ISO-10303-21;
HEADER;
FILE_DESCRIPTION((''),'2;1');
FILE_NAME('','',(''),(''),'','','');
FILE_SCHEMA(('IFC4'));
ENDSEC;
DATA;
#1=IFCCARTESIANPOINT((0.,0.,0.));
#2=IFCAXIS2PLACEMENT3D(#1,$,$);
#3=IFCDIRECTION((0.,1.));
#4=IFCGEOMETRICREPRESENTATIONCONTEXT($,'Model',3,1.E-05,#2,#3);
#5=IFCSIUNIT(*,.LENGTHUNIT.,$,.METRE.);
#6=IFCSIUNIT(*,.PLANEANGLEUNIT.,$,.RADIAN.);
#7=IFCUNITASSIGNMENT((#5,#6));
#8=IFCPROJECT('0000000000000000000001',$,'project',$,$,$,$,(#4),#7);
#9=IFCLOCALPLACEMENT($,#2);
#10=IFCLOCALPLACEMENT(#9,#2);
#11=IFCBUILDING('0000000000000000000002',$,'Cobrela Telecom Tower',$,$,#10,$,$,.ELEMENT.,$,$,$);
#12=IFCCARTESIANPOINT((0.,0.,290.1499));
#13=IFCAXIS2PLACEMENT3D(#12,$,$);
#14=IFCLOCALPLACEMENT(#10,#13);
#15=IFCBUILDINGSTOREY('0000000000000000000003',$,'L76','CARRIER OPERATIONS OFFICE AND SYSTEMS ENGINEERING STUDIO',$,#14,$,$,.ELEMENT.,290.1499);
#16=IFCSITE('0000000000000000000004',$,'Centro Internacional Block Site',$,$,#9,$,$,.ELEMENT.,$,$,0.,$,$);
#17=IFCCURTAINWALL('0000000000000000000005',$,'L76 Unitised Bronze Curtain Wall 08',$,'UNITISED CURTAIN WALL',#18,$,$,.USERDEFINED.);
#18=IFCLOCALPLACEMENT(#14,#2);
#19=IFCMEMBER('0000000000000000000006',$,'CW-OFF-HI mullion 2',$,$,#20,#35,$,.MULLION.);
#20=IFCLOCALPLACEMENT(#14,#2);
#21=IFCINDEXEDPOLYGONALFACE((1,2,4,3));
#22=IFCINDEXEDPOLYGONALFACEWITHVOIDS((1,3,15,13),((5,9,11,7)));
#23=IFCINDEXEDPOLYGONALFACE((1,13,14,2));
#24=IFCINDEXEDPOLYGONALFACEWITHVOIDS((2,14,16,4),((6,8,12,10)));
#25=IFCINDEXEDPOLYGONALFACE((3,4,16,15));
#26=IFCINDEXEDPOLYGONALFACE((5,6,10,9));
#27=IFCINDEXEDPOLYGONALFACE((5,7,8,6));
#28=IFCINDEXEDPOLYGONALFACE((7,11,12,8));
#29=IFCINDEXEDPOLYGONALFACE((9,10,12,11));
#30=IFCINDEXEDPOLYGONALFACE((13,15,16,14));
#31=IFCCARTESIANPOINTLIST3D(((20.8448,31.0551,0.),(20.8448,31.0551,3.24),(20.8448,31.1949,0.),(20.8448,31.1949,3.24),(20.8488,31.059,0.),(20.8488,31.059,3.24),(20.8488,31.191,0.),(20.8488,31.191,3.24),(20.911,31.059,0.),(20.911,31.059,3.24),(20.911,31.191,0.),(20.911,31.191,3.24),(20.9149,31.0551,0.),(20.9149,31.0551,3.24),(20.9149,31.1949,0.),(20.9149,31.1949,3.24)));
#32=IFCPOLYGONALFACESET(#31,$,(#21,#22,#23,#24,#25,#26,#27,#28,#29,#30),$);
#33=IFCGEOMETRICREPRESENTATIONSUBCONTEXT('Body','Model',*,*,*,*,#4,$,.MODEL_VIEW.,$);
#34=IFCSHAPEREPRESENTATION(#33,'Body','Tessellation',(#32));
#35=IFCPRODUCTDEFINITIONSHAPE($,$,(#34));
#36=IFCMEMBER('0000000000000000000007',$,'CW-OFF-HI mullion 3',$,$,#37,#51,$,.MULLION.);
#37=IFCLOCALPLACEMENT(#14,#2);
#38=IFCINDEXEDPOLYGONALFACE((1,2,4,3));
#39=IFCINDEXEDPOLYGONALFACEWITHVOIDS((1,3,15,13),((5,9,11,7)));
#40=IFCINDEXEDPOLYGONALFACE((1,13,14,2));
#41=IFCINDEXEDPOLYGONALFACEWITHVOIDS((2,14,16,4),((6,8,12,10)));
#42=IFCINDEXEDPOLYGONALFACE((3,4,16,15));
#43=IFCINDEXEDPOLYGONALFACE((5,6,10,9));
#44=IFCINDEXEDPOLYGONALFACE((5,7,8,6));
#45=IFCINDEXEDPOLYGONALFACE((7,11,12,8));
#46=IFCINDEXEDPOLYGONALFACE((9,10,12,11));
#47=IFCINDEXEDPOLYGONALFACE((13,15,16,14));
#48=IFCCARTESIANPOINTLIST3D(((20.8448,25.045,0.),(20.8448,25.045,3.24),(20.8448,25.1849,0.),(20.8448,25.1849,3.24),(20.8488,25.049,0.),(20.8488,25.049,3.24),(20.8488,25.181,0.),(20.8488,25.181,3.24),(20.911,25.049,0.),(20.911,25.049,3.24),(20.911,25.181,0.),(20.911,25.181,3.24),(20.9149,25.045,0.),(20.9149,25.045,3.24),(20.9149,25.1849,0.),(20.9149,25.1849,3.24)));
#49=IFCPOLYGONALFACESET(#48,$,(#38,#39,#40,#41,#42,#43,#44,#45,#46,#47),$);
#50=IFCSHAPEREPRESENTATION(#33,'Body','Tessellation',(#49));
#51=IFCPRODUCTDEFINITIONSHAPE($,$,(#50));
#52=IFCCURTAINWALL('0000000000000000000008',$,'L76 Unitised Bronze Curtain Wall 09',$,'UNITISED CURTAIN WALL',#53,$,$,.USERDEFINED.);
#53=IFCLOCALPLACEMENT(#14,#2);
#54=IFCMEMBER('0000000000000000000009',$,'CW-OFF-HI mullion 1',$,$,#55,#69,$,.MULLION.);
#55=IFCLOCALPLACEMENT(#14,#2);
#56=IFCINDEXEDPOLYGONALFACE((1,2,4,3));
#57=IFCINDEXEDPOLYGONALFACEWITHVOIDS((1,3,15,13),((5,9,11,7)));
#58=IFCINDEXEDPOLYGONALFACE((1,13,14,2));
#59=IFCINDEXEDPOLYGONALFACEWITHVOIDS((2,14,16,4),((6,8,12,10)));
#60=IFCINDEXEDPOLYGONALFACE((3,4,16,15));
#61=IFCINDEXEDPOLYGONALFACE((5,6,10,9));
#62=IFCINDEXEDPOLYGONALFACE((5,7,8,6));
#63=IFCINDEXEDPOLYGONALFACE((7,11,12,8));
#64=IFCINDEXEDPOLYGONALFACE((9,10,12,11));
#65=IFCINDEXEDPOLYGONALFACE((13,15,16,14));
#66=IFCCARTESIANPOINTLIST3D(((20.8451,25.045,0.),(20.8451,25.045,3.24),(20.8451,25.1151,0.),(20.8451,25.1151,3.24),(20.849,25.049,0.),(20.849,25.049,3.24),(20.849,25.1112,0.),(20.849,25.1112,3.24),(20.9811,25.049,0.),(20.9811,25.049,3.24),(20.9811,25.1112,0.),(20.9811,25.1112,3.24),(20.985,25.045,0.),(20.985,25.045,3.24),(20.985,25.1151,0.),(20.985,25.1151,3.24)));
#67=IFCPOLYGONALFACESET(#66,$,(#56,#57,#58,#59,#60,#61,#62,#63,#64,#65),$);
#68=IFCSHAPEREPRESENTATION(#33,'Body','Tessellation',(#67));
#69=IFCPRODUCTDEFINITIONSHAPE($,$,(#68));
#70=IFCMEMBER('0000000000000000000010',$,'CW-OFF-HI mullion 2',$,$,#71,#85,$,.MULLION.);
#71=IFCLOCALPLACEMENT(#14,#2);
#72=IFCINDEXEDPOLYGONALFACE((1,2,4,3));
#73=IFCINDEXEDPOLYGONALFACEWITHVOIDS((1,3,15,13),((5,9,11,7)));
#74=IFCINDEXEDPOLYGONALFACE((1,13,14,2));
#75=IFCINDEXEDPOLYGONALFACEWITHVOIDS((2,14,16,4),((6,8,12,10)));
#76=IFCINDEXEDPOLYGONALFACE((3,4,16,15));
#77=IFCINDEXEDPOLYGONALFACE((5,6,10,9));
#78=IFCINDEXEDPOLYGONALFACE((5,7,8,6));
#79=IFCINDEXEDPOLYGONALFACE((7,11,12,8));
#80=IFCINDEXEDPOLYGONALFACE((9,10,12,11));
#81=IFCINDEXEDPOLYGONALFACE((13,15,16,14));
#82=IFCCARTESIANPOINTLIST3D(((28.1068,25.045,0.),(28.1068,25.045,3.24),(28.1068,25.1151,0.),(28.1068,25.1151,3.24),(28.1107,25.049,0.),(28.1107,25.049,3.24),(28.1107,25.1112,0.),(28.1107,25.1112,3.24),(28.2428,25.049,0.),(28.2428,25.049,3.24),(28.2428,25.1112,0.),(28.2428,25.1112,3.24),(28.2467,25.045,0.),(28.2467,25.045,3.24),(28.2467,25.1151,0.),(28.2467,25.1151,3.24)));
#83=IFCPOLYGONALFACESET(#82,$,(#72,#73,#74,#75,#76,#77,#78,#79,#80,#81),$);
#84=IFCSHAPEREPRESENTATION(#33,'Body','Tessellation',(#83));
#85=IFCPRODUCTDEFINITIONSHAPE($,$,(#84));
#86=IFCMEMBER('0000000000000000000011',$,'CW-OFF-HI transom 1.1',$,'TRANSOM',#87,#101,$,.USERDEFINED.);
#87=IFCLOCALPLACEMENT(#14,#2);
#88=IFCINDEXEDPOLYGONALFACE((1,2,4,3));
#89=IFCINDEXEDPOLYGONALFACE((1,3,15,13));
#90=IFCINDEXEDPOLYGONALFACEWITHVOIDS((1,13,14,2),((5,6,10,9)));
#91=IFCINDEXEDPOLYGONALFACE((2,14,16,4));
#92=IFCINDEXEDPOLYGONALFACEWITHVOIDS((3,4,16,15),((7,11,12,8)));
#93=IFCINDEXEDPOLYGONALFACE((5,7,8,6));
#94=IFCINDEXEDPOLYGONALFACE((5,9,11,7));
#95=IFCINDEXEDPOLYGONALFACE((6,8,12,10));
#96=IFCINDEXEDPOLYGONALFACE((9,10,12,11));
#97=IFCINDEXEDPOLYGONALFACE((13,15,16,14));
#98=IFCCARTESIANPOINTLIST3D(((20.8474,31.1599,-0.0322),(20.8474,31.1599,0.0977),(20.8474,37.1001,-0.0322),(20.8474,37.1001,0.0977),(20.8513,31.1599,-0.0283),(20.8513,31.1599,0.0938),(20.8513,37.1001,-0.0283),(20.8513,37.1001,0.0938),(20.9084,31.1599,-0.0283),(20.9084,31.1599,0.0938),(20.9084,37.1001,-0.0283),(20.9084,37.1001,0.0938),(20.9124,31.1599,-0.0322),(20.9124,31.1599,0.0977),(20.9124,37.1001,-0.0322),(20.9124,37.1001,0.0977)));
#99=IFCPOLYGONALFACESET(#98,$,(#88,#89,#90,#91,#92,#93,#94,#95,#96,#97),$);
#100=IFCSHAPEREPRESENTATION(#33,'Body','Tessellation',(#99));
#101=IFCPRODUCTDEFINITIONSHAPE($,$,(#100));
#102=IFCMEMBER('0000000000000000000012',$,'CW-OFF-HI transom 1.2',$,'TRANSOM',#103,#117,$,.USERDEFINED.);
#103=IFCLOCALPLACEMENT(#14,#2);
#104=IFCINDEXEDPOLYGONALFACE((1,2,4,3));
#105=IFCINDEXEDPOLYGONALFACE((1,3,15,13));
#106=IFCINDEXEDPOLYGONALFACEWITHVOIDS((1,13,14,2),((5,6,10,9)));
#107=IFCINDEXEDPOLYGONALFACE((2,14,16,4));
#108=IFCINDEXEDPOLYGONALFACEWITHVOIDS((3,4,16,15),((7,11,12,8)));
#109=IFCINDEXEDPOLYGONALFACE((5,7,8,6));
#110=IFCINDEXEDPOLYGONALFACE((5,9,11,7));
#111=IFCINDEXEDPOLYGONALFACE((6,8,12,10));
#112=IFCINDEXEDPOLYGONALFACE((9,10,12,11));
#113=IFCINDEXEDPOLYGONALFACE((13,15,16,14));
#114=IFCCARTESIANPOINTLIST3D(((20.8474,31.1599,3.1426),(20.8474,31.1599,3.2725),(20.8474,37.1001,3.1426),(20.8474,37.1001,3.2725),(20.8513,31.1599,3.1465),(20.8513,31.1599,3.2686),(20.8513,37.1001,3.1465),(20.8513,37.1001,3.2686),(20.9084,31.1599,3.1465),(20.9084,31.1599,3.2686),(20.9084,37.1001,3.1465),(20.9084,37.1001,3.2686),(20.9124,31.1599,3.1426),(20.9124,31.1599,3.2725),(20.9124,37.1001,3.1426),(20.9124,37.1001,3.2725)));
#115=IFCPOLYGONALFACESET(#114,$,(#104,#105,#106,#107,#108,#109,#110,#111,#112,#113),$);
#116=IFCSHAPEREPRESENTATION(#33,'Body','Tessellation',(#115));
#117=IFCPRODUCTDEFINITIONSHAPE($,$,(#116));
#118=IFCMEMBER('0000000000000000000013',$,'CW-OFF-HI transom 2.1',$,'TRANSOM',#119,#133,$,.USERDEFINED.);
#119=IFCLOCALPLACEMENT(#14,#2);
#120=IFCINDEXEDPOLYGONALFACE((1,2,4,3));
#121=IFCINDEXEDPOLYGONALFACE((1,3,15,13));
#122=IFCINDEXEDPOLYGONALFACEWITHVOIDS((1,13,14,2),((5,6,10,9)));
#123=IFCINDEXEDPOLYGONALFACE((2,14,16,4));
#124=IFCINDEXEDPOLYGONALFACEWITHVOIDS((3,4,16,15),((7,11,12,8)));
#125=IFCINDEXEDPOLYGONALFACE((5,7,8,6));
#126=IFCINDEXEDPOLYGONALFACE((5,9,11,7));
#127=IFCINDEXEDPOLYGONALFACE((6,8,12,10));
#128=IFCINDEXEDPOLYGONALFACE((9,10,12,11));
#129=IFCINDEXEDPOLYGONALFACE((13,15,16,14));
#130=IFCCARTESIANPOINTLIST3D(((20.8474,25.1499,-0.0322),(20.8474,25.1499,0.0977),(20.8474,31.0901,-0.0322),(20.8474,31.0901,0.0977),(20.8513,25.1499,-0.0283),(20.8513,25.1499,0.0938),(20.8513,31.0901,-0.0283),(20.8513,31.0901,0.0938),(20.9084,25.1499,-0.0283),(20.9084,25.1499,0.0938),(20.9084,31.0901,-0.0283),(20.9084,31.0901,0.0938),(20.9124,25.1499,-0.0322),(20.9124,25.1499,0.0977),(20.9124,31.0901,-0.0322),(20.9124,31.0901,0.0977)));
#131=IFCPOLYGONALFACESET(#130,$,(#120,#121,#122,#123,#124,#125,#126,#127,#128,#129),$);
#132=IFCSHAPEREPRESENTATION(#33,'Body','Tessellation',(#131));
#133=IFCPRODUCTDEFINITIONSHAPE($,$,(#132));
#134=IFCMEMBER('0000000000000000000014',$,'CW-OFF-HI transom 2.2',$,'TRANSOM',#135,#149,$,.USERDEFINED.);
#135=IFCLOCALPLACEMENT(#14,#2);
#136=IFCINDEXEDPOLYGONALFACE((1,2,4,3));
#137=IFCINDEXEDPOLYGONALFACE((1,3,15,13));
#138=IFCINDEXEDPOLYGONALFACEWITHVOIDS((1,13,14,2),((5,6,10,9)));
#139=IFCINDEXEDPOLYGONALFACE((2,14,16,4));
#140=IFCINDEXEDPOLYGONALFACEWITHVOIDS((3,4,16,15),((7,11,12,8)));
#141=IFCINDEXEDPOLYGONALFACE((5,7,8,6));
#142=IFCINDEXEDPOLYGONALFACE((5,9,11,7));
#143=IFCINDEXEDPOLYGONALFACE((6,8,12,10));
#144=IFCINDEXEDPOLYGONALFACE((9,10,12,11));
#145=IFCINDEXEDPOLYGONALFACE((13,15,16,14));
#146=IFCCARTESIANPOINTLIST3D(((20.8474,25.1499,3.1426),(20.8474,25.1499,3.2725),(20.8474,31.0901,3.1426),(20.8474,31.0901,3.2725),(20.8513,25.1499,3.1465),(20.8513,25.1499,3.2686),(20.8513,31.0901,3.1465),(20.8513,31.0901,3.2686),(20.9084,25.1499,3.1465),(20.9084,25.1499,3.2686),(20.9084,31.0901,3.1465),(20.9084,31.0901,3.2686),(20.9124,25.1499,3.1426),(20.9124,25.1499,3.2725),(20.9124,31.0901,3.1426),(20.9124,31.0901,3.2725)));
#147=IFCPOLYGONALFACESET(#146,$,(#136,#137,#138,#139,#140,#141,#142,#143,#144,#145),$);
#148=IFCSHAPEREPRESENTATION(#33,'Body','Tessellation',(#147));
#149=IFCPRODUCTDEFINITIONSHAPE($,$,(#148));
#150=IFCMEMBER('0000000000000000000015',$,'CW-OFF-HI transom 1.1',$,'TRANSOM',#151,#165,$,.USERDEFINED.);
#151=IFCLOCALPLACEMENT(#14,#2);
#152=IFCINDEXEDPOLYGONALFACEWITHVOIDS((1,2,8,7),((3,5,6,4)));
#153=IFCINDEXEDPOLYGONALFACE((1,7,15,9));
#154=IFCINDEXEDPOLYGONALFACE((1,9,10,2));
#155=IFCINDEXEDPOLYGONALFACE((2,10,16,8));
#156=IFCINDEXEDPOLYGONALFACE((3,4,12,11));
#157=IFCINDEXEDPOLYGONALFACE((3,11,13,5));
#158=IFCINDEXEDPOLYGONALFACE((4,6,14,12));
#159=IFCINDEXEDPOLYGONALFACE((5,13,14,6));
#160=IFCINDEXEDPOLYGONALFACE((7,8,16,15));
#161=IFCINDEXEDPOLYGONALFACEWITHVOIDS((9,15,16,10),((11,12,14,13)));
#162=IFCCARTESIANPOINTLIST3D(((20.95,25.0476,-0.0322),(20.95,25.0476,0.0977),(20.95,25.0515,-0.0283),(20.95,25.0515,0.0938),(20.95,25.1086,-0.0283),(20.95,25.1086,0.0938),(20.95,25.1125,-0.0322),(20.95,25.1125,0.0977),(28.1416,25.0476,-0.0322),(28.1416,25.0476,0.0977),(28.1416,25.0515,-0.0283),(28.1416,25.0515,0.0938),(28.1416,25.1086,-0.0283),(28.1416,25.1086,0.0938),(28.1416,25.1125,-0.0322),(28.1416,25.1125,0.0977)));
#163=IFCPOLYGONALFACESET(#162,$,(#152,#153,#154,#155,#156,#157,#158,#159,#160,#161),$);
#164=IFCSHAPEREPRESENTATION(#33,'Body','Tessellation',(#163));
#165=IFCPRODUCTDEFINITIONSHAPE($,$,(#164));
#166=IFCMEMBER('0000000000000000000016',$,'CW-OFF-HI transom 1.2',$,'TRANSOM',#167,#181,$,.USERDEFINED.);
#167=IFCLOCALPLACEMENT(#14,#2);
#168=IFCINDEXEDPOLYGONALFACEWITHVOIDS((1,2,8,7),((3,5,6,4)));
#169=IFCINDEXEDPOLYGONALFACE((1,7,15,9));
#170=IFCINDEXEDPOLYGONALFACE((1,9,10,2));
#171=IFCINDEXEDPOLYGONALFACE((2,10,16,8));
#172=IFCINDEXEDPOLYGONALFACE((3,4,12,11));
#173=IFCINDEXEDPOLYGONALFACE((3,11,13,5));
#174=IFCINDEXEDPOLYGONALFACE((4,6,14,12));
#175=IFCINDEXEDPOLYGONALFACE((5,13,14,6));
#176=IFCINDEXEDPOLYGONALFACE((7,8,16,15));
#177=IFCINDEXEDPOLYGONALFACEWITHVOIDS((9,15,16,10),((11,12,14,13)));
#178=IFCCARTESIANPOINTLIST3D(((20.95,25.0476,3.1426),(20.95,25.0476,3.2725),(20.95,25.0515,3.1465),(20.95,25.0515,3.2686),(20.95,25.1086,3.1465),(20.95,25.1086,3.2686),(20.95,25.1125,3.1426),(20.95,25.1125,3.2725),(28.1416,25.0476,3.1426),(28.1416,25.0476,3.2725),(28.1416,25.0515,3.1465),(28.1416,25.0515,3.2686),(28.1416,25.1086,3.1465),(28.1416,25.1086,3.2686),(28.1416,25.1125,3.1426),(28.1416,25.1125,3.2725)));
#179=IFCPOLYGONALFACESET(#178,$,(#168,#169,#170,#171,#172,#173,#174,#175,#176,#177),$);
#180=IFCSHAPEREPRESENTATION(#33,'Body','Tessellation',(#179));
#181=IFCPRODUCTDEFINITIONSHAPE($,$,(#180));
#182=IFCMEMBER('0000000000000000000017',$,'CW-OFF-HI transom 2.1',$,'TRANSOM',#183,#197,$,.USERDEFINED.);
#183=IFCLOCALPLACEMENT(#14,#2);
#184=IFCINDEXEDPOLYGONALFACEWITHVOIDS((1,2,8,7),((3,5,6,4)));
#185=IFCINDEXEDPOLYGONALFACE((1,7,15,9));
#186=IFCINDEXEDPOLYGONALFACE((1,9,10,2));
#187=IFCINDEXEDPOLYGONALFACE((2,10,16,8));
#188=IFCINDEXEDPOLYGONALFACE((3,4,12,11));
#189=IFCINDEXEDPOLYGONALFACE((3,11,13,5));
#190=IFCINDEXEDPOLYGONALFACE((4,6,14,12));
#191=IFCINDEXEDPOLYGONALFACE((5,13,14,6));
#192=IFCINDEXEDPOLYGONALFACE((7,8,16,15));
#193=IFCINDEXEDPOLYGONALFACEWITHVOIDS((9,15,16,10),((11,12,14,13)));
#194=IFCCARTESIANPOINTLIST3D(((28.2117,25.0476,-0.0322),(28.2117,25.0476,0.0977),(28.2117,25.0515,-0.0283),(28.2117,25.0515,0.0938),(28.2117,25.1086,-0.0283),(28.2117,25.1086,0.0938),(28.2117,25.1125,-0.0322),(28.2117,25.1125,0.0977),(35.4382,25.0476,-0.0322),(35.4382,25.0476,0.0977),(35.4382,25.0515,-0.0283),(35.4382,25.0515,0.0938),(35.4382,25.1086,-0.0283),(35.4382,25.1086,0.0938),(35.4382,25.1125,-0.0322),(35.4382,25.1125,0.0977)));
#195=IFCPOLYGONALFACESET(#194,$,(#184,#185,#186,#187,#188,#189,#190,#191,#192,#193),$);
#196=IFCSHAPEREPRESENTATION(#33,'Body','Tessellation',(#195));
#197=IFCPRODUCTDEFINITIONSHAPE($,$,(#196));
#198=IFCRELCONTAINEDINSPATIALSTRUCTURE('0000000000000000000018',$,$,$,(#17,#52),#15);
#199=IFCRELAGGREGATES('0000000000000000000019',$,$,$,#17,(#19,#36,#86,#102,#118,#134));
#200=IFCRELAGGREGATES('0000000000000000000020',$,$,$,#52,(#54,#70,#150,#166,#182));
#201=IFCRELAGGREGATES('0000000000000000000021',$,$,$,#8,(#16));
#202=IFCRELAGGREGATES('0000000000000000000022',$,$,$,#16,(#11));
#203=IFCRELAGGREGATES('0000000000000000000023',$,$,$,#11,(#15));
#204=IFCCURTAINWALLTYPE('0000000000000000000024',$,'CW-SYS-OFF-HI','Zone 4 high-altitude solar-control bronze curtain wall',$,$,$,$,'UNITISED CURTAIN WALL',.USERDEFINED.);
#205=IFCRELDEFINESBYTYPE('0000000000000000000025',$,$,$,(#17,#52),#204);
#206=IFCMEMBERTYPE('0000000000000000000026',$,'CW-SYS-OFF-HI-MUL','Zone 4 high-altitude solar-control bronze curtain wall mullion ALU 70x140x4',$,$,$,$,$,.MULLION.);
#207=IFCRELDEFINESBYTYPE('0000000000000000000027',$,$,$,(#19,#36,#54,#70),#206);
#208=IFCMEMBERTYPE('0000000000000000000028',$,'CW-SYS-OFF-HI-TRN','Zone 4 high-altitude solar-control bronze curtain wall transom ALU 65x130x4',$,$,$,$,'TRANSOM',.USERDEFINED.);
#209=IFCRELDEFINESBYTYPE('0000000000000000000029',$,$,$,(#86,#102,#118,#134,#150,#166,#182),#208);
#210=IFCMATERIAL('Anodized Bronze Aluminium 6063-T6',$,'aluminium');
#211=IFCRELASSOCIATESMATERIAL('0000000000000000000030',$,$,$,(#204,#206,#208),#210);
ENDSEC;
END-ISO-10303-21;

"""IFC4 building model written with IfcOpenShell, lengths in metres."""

from ifc_helpers import new_model, si_unit, direction, frame, origin, origin_2d, place, context, subcontext, project, spatial, hollow_rectangle, extrude, material, material_profile, profile_set, type_object, element, aggregate, save


model = new_model("IFC4")

# Units and contexts
model_context = context("Model", 3, precision=1e-05, world=origin(), true_north=direction((0.0, 1.0)))
body_context = subcontext(model_context, "Body", "Model", "MODEL_VIEW")
ifc_project = project(units=[si_unit("LENGTHUNIT", "METRE"), si_unit("PLANEANGLEUNIT", "RADIAN")], contexts=[model_context])

# Site, building, storey
site_placement = place(None, origin())
site = spatial("IfcSite", under=ifc_project, at=site_placement, Name="Centro Internacional Block Site", CompositionType="ELEMENT", RefElevation=0.0)
building_placement = place(site_placement, origin())
building = spatial("IfcBuilding", under=site, at=building_placement, Name="Cobrela Telecom Tower", CompositionType="ELEMENT")
storey_placement = place(building_placement, frame((0.0, 0.0, 290.1499)))
storey = spatial("IfcBuildingStorey", under=building, at=storey_placement, Name="L76", Description="CARRIER OPERATIONS OFFICE AND SYSTEMS ENGINEERING STUDIO", CompositionType="ELEMENT", Elevation=290.1499)

# Shared definitions
ifc_material_1 = material(Name="Anodized Bronze Aluminium 6063-T6", Category="aluminium")
curtain_wall_type = type_object("IfcCurtainWallType", Name="CW-SYS-OFF-HI", Description="Zone 4 high-altitude solar-control bronze curtain wall", ElementType="UNITISED CURTAIN WALL", PredefinedType="USERDEFINED", material=ifc_material_1)
ifc_material_profile_1 = material_profile(ifc_material_1, hollow_rectangle(XDim=0.0701, YDim=0.1399, WallThickness=0.0039, at=origin_2d()), Name="ALU 70x140x4")
ifc_profile_set_1 = profile_set([ifc_material_profile_1], Name="Anodized Bronze Aluminium 6063-T6")
member_type_1 = type_object("IfcMemberType", Name="CW-SYS-OFF-HI-MUL", Description="Zone 4 high-altitude solar-control bronze curtain wall mullion ALU 70x140x4", PredefinedType="MULLION", material=ifc_profile_set_1)

# Curtain walls, members
curtain_wall_1_placement = place(storey_placement, origin())
curtain_wall_1 = element("IfcCurtainWall", 1, at=curtain_wall_1_placement, inside=storey, type_object=curtain_wall_type, Name="L76 Unitised Bronze Curtain Wall 08", ObjectType="UNITISED CURTAIN WALL", PredefinedType="USERDEFINED")
member_1_placement = place(storey_placement, frame((20.8799, 31.125, 0.0), z_axis=(0.0, 0.0, 1.0), x_axis=(1.0, 0.0, 0.0)))
member_1 = element("IfcMember", 2, at=member_1_placement, type_object=member_type_1, Name="CW-OFF-HI mullion 2", PredefinedType="MULLION", context=body_context, shape_type="SweptSolid", body=[
    extrude(hollow_rectangle(XDim=0.0701, YDim=0.1399, WallThickness=0.0039, at=origin_2d()), origin(), (0.0, 0.0, 1.0), 3.24),
])
member_2_placement = place(storey_placement, frame((20.8799, 25.115, 0.0), z_axis=(0.0, 0.0, 1.0), x_axis=(1.0, 0.0, 0.0)))
member_2 = element("IfcMember", 3, at=member_2_placement, type_object=member_type_1, Name="CW-OFF-HI mullion 3", PredefinedType="MULLION", context=body_context, shape_type="SweptSolid", body=[
    extrude(hollow_rectangle(XDim=0.0701, YDim=0.1399, WallThickness=0.0039, at=origin_2d()), origin(), (0.0, 0.0, 1.0), 3.24),
])
curtain_wall_2_placement = place(storey_placement, origin())
curtain_wall_2 = element("IfcCurtainWall", 4, at=curtain_wall_2_placement, inside=storey, type_object=curtain_wall_type, Name="L76 Unitised Bronze Curtain Wall 09", ObjectType="UNITISED CURTAIN WALL", PredefinedType="USERDEFINED")
member_3_placement = place(storey_placement, frame((20.915, 25.0801, 0.0), z_axis=(0.0, 0.0, 1.0), x_axis=(0.0, 1.0, 0.0)))
member_3 = element("IfcMember", 5, at=member_3_placement, type_object=member_type_1, Name="CW-OFF-HI mullion 1", PredefinedType="MULLION", context=body_context, shape_type="SweptSolid", body=[
    extrude(hollow_rectangle(XDim=0.0701, YDim=0.1399, WallThickness=0.0039, at=origin_2d()), origin(), (0.0, 0.0, 1.0), 3.24),
])
member_4_placement = place(storey_placement, frame((28.1768, 25.0801, 0.0), z_axis=(0.0, 0.0, 1.0), x_axis=(0.0, 1.0, 0.0)))
member_4 = element("IfcMember", 6, at=member_4_placement, type_object=member_type_1, Name="CW-OFF-HI mullion 2", PredefinedType="MULLION", context=body_context, shape_type="SweptSolid", body=[
    extrude(hollow_rectangle(XDim=0.0701, YDim=0.1399, WallThickness=0.0039, at=origin_2d()), origin(), (0.0, 0.0, 1.0), 3.24),
])

# Members
ifc_material_profile_2 = material_profile(ifc_material_1, hollow_rectangle(XDim=0.0649, YDim=0.1299, WallThickness=0.0039, at=origin_2d()), Name="ALU 65x130x4")
ifc_profile_set_2 = profile_set([ifc_material_profile_2], Name="Anodized Bronze Aluminium 6063-T6")
member_type_2 = type_object("IfcMemberType", Name="CW-SYS-OFF-HI-TRN", Description="Zone 4 high-altitude solar-control bronze curtain wall transom ALU 65x130x4", ElementType="TRANSOM", PredefinedType="USERDEFINED", material=ifc_profile_set_2)
member_5_placement = place(storey_placement, frame((20.8799, 37.1001, 0.0327), z_axis=(0.0, -1.0, 0.0), x_axis=(1.0, 0.0, 0.0)))
member_5 = element("IfcMember", 7, at=member_5_placement, type_object=member_type_2, Name="CW-OFF-HI transom 1.1", ObjectType="TRANSOM", PredefinedType="USERDEFINED", context=body_context, shape_type="SweptSolid", body=[
    extrude(hollow_rectangle(XDim=0.0649, YDim=0.1299, WallThickness=0.0039, at=origin_2d()), origin(), (0.0, 0.0, 1.0), 5.9402),
])
member_6_placement = place(storey_placement, frame((20.8799, 37.1001, 3.2075), z_axis=(0.0, -1.0, 0.0), x_axis=(1.0, 0.0, 0.0)))
member_6 = element("IfcMember", 8, at=member_6_placement, type_object=member_type_2, Name="CW-OFF-HI transom 1.2", ObjectType="TRANSOM", PredefinedType="USERDEFINED", context=body_context, shape_type="SweptSolid", body=[
    extrude(hollow_rectangle(XDim=0.0649, YDim=0.1299, WallThickness=0.0039, at=origin_2d()), origin(), (0.0, 0.0, 1.0), 5.9402),
])
member_7_placement = place(storey_placement, frame((20.8799, 31.0901, 0.0327), z_axis=(0.0, -1.0, 0.0), x_axis=(1.0, 0.0, 0.0)))
member_7 = element("IfcMember", 9, at=member_7_placement, type_object=member_type_2, Name="CW-OFF-HI transom 2.1", ObjectType="TRANSOM", PredefinedType="USERDEFINED", context=body_context, shape_type="SweptSolid", body=[
    extrude(hollow_rectangle(XDim=0.0649, YDim=0.1299, WallThickness=0.0039, at=origin_2d()), origin(), (0.0, 0.0, 1.0), 5.9402),
])
member_8_placement = place(storey_placement, frame((20.8799, 31.0901, 3.2075), z_axis=(0.0, -1.0, 0.0), x_axis=(1.0, 0.0, 0.0)))
member_8 = element("IfcMember", 10, at=member_8_placement, type_object=member_type_2, Name="CW-OFF-HI transom 2.2", ObjectType="TRANSOM", PredefinedType="USERDEFINED", context=body_context, shape_type="SweptSolid", body=[
    extrude(hollow_rectangle(XDim=0.0649, YDim=0.1299, WallThickness=0.0039, at=origin_2d()), origin(), (0.0, 0.0, 1.0), 5.9402),
])
member_9_placement = place(storey_placement, frame((20.95, 25.0801, 0.0327), z_axis=(1.0, 0.0, 0.0), x_axis=(0.0, 1.0, 0.0)))
member_9 = element("IfcMember", 11, at=member_9_placement, type_object=member_type_2, Name="CW-OFF-HI transom 1.1", ObjectType="TRANSOM", PredefinedType="USERDEFINED", context=body_context, shape_type="SweptSolid", body=[
    extrude(hollow_rectangle(XDim=0.0649, YDim=0.1299, WallThickness=0.0039, at=origin_2d()), origin(), (0.0, 0.0, 1.0), 7.1917),
])
member_10_placement = place(storey_placement, frame((20.95, 25.0801, 3.2075), z_axis=(1.0, 0.0, 0.0), x_axis=(0.0, 1.0, 0.0)))
member_10 = element("IfcMember", 12, at=member_10_placement, type_object=member_type_2, Name="CW-OFF-HI transom 1.2", ObjectType="TRANSOM", PredefinedType="USERDEFINED", context=body_context, shape_type="SweptSolid", body=[
    extrude(hollow_rectangle(XDim=0.0649, YDim=0.1299, WallThickness=0.0039, at=origin_2d()), origin(), (0.0, 0.0, 1.0), 7.1917),
])
member_11_placement = place(storey_placement, frame((28.2117, 25.0801, 0.0327), z_axis=(1.0, 0.0, 0.0), x_axis=(0.0, 1.0, 0.0)))
member_11 = element("IfcMember", 13, at=member_11_placement, type_object=member_type_2, Name="CW-OFF-HI transom 2.1", ObjectType="TRANSOM", PredefinedType="USERDEFINED", context=body_context, shape_type="SweptSolid", body=[
    extrude(hollow_rectangle(XDim=0.0649, YDim=0.1299, WallThickness=0.0039, at=origin_2d()), origin(), (0.0, 0.0, 1.0), 7.2266),
])

aggregate(curtain_wall_1, [member_1, member_2, member_5, member_6, member_7, member_8])
aggregate(curtain_wall_2, [member_3, member_4, member_9, member_10, member_11])

save(model, "model.ifc")
